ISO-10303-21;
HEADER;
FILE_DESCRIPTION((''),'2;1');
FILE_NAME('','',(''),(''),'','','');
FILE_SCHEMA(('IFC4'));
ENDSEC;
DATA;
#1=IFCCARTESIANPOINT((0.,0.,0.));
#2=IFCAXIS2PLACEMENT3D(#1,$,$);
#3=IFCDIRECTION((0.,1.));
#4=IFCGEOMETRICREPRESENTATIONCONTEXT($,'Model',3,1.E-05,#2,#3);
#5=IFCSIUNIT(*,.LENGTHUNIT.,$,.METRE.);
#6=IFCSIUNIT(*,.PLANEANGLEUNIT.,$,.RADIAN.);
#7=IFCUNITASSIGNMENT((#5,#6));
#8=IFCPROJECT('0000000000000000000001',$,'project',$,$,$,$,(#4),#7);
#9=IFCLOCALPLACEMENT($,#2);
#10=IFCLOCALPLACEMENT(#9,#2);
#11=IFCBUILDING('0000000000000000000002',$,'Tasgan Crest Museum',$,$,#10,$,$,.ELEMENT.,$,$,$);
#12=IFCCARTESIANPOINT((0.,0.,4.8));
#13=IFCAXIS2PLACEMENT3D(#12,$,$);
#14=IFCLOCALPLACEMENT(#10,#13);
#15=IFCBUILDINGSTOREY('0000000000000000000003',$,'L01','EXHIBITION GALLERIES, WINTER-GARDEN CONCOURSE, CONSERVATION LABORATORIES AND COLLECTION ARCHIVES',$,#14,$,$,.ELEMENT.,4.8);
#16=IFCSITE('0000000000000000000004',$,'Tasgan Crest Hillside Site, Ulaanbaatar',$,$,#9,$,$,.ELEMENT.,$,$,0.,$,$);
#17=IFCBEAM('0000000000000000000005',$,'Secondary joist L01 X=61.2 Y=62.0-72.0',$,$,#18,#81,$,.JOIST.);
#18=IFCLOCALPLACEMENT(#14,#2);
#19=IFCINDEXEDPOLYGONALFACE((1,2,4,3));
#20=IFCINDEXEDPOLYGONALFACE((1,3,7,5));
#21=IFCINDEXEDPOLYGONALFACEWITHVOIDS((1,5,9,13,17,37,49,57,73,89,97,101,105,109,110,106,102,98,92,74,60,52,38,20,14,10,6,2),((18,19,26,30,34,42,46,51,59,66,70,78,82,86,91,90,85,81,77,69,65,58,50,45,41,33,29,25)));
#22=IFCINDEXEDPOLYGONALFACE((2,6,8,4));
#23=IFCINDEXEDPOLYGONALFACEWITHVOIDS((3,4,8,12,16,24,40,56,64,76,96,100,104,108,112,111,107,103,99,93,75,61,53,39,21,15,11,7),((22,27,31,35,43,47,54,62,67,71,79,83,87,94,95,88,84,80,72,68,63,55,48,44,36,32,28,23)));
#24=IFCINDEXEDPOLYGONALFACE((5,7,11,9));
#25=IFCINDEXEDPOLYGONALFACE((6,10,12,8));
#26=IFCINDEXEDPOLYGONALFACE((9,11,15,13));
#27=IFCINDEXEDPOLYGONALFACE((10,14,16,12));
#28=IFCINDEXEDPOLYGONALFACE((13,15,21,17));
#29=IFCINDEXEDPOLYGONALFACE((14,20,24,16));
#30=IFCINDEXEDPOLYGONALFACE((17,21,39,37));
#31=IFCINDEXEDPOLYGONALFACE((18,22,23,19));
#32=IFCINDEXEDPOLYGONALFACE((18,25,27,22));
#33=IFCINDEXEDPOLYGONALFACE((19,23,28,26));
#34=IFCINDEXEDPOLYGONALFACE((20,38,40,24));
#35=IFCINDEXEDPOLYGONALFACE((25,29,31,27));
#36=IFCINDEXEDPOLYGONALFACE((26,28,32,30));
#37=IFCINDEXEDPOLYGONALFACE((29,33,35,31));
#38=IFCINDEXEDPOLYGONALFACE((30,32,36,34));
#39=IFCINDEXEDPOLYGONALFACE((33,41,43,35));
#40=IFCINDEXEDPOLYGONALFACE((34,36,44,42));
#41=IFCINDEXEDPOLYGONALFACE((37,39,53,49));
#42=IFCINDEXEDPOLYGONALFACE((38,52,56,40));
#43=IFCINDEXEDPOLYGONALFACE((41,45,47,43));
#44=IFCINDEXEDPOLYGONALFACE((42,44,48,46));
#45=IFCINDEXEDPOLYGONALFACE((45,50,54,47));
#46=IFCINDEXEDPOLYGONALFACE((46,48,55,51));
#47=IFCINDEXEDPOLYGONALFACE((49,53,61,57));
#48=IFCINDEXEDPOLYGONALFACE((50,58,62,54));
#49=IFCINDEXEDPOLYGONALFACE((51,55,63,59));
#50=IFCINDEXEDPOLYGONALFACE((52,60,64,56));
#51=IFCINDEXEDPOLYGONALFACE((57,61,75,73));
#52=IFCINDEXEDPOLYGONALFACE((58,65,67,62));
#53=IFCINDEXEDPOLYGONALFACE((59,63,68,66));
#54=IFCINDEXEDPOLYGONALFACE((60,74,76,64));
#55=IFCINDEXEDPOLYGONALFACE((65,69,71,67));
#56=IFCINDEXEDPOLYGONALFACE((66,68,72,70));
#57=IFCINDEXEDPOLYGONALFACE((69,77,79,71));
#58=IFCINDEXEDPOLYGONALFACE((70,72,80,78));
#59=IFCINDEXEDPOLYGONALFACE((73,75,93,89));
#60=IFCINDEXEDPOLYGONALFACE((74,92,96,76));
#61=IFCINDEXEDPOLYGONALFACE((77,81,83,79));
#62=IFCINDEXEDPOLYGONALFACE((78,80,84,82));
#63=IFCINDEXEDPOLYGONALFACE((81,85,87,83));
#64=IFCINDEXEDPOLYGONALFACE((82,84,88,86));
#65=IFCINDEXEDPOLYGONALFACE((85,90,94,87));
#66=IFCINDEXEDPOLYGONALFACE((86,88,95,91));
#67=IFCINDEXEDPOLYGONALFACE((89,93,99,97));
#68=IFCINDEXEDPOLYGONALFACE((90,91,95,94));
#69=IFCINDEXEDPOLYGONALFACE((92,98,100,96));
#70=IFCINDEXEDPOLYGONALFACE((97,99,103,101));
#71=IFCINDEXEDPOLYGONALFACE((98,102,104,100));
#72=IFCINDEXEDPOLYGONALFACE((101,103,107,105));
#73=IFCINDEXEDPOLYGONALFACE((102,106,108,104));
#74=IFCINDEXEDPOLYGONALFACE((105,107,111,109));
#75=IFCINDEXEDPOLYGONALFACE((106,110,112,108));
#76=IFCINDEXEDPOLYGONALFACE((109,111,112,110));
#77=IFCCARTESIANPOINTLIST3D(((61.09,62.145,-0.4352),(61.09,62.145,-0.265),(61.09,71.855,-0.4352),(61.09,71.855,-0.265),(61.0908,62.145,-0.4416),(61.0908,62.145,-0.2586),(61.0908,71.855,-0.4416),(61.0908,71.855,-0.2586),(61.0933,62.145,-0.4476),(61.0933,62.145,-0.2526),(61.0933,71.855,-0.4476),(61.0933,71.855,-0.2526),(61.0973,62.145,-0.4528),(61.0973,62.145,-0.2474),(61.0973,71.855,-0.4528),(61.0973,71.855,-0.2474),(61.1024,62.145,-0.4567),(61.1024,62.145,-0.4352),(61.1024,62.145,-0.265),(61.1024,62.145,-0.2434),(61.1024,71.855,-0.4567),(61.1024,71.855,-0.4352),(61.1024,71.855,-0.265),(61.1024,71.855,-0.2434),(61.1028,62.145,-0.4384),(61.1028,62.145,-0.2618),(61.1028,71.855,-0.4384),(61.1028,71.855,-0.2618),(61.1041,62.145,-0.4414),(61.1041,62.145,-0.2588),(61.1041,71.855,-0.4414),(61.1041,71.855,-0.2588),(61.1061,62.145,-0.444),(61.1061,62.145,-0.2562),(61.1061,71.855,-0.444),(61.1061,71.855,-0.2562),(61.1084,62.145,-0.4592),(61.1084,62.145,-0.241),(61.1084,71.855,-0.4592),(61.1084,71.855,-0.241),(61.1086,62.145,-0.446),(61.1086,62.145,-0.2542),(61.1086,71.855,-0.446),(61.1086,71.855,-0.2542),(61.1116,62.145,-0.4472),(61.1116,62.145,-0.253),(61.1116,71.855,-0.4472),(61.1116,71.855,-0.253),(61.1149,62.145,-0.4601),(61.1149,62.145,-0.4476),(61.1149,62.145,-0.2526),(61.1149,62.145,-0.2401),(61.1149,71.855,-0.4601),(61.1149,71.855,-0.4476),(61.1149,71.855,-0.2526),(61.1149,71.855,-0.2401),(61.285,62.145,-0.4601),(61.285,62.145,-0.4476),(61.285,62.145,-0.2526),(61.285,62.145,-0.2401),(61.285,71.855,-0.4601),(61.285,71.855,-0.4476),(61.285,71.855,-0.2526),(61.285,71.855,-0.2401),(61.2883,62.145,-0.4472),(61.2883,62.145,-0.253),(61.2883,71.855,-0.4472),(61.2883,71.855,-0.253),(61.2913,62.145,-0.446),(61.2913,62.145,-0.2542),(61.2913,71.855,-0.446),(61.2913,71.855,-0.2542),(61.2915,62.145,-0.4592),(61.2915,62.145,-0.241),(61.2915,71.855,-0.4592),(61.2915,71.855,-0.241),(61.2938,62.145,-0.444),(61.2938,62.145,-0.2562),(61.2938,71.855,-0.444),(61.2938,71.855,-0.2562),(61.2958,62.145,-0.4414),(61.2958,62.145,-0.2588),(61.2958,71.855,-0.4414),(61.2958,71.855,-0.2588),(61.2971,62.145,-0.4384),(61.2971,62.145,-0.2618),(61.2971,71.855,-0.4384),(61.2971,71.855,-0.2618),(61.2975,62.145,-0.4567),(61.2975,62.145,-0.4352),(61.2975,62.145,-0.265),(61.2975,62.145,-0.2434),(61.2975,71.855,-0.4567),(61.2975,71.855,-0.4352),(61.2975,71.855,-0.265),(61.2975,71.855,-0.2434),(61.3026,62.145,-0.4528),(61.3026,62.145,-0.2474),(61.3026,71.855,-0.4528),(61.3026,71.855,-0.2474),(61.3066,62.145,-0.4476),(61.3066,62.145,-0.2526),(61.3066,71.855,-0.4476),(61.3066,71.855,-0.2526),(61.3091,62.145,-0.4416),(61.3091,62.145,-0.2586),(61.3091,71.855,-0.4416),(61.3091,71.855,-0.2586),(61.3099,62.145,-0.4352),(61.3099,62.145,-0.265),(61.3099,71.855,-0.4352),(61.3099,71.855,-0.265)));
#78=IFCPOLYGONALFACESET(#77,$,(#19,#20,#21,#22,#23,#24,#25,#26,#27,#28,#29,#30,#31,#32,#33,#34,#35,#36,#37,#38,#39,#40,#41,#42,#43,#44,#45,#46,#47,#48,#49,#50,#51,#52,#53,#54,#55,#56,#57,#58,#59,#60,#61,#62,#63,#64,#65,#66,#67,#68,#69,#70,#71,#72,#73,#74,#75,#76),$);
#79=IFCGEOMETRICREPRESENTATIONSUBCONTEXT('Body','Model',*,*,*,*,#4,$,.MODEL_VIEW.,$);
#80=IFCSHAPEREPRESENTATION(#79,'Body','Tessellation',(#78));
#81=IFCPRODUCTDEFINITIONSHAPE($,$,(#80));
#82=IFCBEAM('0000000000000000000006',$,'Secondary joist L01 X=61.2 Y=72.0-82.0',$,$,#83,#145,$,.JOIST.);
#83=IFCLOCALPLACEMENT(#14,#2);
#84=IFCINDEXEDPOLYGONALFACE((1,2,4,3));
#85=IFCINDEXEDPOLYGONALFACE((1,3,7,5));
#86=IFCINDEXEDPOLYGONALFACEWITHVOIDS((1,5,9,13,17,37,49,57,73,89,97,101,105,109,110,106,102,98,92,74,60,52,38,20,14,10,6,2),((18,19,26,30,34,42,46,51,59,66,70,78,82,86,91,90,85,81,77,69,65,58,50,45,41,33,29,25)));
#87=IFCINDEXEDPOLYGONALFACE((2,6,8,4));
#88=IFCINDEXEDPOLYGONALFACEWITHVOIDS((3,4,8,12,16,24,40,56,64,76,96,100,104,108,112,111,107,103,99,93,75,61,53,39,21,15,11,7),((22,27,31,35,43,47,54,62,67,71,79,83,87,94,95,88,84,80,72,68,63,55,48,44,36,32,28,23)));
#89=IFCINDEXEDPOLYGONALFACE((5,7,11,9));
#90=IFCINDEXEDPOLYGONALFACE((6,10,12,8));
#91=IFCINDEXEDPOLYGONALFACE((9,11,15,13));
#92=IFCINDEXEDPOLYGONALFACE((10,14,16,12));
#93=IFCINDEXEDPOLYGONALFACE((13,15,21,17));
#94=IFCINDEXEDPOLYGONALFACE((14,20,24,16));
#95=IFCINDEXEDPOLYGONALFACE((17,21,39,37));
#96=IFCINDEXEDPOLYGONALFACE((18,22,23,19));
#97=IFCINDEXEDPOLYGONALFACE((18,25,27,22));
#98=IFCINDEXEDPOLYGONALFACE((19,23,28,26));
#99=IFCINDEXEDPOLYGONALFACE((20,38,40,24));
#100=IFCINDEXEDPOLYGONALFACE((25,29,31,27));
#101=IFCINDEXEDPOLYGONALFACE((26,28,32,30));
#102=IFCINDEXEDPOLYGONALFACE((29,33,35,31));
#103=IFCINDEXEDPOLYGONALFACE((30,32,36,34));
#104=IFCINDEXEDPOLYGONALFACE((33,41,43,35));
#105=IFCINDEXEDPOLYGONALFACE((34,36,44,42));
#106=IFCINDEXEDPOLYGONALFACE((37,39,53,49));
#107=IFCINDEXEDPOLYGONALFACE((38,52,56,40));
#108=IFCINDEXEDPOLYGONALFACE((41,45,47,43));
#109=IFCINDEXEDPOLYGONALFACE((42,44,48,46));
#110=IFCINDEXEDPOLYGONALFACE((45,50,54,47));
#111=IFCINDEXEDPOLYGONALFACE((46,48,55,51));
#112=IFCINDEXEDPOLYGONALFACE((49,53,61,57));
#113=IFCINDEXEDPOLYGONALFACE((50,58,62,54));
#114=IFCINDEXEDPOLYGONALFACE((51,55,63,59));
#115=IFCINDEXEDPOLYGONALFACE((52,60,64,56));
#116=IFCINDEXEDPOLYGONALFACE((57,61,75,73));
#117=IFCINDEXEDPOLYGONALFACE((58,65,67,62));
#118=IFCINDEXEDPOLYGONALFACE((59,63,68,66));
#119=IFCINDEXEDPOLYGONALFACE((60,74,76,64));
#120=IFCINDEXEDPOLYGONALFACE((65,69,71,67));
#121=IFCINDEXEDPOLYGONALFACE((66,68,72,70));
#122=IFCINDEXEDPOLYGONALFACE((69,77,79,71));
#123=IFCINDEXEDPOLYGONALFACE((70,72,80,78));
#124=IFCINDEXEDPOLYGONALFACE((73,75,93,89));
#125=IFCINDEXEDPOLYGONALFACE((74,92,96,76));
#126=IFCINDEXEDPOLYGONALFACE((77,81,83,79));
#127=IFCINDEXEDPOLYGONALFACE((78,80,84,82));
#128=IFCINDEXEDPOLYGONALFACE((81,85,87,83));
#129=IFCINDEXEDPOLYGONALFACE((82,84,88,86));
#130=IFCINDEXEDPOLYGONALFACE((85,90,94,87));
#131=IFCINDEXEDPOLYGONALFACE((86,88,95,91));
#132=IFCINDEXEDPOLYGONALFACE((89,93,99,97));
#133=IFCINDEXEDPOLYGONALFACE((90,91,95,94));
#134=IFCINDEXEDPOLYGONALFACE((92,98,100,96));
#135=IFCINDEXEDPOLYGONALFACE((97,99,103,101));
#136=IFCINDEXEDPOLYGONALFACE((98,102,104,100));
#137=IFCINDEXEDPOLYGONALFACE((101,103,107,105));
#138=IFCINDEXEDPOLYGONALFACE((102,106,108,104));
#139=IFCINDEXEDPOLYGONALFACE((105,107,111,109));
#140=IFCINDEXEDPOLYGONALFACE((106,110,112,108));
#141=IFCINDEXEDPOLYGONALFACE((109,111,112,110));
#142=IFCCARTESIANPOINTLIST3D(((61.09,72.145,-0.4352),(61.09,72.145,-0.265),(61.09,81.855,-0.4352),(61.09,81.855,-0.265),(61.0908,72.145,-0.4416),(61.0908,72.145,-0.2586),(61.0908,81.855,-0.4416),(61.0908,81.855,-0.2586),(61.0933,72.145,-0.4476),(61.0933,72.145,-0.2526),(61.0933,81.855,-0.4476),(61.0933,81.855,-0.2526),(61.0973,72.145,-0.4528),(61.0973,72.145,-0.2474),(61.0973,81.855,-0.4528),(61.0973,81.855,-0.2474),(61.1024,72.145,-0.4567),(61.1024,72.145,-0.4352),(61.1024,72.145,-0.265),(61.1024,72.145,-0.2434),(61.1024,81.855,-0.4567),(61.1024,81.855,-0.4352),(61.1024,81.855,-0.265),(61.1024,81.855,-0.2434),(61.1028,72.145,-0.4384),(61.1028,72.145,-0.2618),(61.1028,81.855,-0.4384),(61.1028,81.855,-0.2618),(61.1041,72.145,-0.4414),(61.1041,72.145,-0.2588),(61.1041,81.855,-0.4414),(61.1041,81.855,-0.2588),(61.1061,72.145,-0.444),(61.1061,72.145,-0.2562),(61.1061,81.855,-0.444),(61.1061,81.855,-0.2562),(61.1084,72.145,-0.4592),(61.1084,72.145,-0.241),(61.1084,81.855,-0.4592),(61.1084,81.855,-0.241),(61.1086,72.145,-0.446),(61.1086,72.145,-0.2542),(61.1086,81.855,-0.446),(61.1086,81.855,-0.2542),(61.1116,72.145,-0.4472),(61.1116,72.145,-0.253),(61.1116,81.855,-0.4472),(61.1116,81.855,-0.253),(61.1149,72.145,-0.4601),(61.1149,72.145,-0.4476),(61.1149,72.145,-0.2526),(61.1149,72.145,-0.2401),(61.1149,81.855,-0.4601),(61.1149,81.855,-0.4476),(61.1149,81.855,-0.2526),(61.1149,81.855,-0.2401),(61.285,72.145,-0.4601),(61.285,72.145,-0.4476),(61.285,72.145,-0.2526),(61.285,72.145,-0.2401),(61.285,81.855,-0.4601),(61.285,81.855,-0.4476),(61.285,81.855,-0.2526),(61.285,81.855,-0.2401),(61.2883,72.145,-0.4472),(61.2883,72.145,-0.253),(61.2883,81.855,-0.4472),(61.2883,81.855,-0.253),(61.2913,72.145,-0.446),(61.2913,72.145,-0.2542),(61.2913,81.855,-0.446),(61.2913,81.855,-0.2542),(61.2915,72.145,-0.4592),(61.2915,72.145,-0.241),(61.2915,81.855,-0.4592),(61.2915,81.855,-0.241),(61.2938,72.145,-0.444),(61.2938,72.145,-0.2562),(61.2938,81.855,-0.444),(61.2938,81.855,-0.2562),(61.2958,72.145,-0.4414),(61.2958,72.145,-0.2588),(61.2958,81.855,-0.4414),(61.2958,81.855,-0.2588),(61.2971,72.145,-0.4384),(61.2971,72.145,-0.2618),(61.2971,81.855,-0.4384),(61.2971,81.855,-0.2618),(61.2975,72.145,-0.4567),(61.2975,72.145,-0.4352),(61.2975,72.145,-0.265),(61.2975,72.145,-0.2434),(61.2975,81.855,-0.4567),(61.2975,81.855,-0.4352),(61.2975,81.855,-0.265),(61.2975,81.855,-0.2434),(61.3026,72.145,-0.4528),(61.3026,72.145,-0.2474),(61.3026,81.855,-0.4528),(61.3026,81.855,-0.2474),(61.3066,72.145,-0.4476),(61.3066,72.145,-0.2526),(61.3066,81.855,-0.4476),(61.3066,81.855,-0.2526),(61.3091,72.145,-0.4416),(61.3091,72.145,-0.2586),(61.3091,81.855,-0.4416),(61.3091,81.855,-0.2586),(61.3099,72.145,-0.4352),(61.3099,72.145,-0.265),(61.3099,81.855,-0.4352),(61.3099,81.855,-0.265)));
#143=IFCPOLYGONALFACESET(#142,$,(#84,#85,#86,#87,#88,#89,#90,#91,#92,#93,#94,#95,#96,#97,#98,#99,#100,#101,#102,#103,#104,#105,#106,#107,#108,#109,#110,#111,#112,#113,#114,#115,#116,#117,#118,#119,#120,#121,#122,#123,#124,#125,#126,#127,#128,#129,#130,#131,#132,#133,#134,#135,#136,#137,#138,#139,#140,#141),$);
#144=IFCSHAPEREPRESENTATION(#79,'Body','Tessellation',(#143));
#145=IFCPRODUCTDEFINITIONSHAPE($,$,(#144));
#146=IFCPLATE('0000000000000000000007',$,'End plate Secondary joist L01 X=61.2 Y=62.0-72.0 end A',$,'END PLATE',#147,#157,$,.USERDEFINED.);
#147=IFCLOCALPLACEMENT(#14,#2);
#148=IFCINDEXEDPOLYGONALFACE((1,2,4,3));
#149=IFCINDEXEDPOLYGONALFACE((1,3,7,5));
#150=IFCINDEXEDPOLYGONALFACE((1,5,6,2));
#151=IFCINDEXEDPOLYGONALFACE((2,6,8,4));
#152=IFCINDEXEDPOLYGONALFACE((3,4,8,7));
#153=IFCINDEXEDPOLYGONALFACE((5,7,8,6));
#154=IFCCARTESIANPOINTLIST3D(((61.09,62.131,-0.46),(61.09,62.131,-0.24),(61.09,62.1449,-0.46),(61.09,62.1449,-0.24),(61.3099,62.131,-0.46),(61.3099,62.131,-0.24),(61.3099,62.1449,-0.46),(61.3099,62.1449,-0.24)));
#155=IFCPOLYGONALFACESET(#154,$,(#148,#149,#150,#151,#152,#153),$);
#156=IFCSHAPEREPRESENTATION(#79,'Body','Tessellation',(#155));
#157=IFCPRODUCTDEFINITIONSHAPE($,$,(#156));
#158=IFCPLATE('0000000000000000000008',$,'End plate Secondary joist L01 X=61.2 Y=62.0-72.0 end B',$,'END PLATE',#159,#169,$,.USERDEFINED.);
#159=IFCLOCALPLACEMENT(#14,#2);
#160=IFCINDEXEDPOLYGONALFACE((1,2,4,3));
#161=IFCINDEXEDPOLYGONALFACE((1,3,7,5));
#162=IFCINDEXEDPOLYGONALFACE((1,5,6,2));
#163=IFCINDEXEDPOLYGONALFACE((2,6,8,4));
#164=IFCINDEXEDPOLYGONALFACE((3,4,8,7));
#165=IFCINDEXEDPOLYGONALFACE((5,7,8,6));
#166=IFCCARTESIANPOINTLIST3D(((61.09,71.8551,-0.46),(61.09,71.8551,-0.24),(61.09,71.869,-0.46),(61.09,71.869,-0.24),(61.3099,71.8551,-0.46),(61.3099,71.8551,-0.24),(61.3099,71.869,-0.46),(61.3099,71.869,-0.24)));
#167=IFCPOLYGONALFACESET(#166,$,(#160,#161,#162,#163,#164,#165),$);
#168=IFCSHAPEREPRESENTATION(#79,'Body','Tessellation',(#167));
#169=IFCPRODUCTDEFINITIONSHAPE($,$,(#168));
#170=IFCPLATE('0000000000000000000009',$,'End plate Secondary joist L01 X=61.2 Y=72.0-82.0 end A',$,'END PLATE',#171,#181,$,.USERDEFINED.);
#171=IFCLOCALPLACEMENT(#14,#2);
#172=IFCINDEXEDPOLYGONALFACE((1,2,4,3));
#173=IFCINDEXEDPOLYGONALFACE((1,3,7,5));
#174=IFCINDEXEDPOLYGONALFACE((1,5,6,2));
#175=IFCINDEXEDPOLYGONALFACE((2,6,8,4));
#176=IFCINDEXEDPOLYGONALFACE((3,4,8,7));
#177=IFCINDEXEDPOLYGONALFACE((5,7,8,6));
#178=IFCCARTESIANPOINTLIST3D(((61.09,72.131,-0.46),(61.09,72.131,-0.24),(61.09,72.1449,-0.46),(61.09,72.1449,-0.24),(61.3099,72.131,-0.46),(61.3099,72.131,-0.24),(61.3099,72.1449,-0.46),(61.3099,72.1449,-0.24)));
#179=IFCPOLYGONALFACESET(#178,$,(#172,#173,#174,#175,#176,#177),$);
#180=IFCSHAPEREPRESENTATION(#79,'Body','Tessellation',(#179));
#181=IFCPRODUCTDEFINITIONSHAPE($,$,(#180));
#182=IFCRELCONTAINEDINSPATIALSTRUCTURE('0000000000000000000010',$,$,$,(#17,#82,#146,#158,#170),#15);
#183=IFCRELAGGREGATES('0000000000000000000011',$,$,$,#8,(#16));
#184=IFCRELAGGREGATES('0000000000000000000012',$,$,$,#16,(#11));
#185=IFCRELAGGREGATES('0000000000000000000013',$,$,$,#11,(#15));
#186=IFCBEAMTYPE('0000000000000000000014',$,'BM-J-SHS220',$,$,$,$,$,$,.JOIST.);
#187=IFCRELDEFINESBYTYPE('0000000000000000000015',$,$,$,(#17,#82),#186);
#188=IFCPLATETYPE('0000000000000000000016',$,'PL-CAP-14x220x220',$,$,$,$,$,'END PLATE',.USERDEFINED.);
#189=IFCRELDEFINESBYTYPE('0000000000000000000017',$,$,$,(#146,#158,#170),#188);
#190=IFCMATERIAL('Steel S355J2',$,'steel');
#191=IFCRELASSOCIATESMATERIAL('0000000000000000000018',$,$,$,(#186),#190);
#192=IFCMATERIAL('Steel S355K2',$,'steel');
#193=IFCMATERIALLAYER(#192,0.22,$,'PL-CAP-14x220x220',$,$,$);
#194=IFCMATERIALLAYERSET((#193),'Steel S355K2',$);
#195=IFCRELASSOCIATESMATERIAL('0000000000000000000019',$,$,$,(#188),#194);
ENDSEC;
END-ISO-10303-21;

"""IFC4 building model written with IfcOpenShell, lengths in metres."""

from ifc_helpers import new_model, si_unit, direction, frame, origin, origin_2d, place, context, subcontext, project, spatial, rectangle, hollow_rectangle, extrude, material, layer, layer_set, material_profile, profile_set, type_object, element, save


model = new_model("IFC4")

# Units and contexts
model_context = context("Model", 3, precision=1e-05, world=origin(), true_north=direction((0.0, 1.0)))
body_context = subcontext(model_context, "Body", "Model", "MODEL_VIEW")
ifc_project = project(units=[si_unit("LENGTHUNIT", "METRE"), si_unit("PLANEANGLEUNIT", "RADIAN")], contexts=[model_context])

# Site, building, storey
site_placement = place(None, origin())
site = spatial("IfcSite", under=ifc_project, at=site_placement, Name="Tasgan Crest Hillside Site, Ulaanbaatar", CompositionType="ELEMENT", RefElevation=0.0)
building_placement = place(site_placement, origin())
building = spatial("IfcBuilding", under=site, at=building_placement, Name="Tasgan Crest Museum", CompositionType="ELEMENT")
storey_placement = place(building_placement, frame((0.0, 0.0, 4.8)))
storey = spatial("IfcBuildingStorey", under=building, at=storey_placement, Name="L01", Description="EXHIBITION GALLERIES, WINTER-GARDEN CONCOURSE, CONSERVATION LABORATORIES AND COLLECTION ARCHIVES", CompositionType="ELEMENT", Elevation=4.8)

# Beams
ifc_material_1 = material(Name="Steel S355J2", Category="steel")
ifc_material_profile_1 = material_profile(ifc_material_1, hollow_rectangle(XDim=0.22, YDim=0.22, WallThickness=0.0125, InnerFilletRadius=0.0125, OuterFilletRadius=0.0249, at=origin_2d()), Name="SHS 220x220x12.5")
ifc_profile_set_1 = profile_set([ifc_material_profile_1], Name="Steel S355J2")
beam_type_1 = type_object("IfcBeamType", Name="BM-J-SHS220", PredefinedType="JOIST", material=ifc_profile_set_1)
for number, where, z_axis, x_axis, name in (
    (1, (61.2, 62.145, -0.3501), (0.0, 1.0, 0.0), (-1.0, 0.0, 0.0), "Secondary joist L01 X=61.2 Y=62.0-72.0"),
    (2, (61.2, 72.145, -0.3501), (0.0, 1.0, 0.0), (-1.0, 0.0, 0.0), "Secondary joist L01 X=61.2 Y=72.0-82.0"),
):
    element("IfcBeam", number, at=place(storey_placement, frame(where, z_axis=z_axis, x_axis=x_axis)), inside=storey, type_object=beam_type_1, Name=name, PredefinedType="JOIST", context=body_context, shape_type="SweptSolid", body=[
        extrude(hollow_rectangle(XDim=0.22, YDim=0.22, WallThickness=0.0125, InnerFilletRadius=0.0125, OuterFilletRadius=0.0249, at=origin_2d()), origin(), (0.0, 0.0, 1.0), 9.71),
    ])

# Plates
ifc_material_2 = material(Name="Steel S355K2", Category="steel")
ifc_layer = layer(ifc_material_2, 0.22, Name="PL-CAP-14x220x220")
ifc_layer_set = layer_set([ifc_layer], Name="Steel S355K2")
plate_type = type_object("IfcPlateType", Name="PL-CAP-14x220x220", ElementType="END PLATE", PredefinedType="USERDEFINED", material=ifc_layer_set)
for number, where, z_axis, x_axis, name in (
    (3, (61.2, 62.1379, -0.46), (0.0, 0.0, 1.0), (0.0, 1.0, 0.0), "End plate Secondary joist L01 X=61.2 Y=62.0-72.0 end A"),
    (4, (61.2, 71.8621, -0.46), (0.0, 0.0, 1.0), (0.0, 1.0, 0.0), "End plate Secondary joist L01 X=61.2 Y=62.0-72.0 end B"),
    (5, (61.2, 72.1379, -0.46), (0.0, 0.0, 1.0), (0.0, 1.0, 0.0), "End plate Secondary joist L01 X=61.2 Y=72.0-82.0 end A"),
):
    element("IfcPlate", number, at=place(storey_placement, frame(where, z_axis=z_axis, x_axis=x_axis)), inside=storey, type_object=plate_type, Name=name, ObjectType="END PLATE", PredefinedType="USERDEFINED", context=body_context, shape_type="SweptSolid", body=[
        extrude(rectangle(XDim=0.0139, YDim=0.22, at=origin_2d()), origin(), (0.0, 0.0, 1.0), 0.22),
    ])

save(model, "model.ifc")
